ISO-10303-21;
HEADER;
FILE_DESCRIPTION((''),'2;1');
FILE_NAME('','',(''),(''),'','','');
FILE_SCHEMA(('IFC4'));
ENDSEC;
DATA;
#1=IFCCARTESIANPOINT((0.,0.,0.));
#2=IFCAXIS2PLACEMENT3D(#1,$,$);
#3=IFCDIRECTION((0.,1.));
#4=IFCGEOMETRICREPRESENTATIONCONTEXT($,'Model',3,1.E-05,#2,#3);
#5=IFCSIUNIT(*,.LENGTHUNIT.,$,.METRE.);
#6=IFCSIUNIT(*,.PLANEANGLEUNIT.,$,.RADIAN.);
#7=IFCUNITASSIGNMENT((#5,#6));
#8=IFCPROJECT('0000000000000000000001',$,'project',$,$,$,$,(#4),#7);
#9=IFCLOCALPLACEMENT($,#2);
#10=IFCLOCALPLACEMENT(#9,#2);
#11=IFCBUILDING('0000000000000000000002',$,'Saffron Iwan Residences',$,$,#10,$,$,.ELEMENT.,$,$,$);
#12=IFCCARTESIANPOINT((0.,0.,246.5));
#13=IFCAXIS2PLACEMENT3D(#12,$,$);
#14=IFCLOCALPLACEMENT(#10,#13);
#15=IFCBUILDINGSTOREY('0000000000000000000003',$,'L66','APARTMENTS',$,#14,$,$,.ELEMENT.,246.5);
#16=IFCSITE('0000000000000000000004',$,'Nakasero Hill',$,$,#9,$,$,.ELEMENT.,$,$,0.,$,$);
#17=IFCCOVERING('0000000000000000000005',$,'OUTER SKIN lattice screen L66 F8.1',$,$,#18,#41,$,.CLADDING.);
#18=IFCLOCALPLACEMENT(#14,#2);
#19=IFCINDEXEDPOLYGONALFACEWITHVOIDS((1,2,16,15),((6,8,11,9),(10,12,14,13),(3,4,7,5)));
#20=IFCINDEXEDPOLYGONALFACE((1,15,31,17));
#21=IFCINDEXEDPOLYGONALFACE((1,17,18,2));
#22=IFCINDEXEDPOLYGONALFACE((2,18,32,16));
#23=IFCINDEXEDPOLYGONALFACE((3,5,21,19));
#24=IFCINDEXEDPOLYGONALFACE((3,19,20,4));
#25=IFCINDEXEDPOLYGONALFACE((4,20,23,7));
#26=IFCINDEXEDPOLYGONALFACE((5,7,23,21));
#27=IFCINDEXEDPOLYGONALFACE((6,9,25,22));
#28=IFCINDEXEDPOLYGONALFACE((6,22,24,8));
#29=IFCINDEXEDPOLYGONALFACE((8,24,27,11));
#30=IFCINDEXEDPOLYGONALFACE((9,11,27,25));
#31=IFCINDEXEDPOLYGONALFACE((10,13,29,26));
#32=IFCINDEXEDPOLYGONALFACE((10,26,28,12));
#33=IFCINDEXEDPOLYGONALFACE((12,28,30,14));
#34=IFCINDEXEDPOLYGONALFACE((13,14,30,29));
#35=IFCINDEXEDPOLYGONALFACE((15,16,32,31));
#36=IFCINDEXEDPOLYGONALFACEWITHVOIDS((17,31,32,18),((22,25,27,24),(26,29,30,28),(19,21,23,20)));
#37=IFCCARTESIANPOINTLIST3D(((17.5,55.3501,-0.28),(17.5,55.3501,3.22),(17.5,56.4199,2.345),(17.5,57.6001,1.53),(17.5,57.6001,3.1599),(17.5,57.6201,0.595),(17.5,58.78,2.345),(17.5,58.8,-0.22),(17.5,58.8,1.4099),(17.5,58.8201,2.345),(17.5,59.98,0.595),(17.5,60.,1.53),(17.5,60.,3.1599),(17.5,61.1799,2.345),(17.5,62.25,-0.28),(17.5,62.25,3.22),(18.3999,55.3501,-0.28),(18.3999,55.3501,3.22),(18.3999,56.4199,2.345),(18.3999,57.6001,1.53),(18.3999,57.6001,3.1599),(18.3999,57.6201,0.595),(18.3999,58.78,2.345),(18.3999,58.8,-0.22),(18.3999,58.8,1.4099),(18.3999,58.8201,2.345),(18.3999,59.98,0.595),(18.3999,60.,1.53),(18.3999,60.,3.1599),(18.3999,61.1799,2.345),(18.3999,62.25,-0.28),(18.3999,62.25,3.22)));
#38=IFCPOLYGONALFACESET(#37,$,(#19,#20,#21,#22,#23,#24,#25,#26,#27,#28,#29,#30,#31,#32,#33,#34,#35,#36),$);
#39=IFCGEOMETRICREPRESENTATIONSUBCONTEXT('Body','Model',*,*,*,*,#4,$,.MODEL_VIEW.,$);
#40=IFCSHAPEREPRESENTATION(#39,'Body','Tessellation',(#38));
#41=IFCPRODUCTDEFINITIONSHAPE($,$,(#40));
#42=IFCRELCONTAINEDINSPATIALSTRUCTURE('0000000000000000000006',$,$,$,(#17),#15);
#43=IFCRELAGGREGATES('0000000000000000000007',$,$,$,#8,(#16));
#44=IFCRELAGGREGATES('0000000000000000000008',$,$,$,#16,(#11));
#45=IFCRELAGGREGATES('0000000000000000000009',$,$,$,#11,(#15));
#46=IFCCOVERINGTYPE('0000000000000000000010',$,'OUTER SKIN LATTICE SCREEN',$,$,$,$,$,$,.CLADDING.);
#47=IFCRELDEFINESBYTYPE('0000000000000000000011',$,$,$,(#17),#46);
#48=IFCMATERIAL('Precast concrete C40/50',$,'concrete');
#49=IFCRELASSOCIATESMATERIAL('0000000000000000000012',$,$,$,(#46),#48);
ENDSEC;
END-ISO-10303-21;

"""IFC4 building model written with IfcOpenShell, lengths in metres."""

from ifc_helpers import new_model, si_unit, direction, frame, origin, place, context, subcontext, project, spatial, polyline, outline, extrude, material, type_object, element, save


model = new_model("IFC4")

# Units and contexts
model_context = context("Model", 3, precision=1e-05, world=origin(), true_north=direction((0.0, 1.0)))
body_context = subcontext(model_context, "Body", "Model", "MODEL_VIEW")
ifc_project = project(units=[si_unit("LENGTHUNIT", "METRE"), si_unit("PLANEANGLEUNIT", "RADIAN")], contexts=[model_context])

# Site, building, storey
site_placement = place(None, origin())
site = spatial("IfcSite", under=ifc_project, at=site_placement, Name="Nakasero Hill", CompositionType="ELEMENT", RefElevation=0.0)
building_placement = place(site_placement, origin())
building = spatial("IfcBuilding", under=site, at=building_placement, Name="Saffron Iwan Residences", CompositionType="ELEMENT")
storey_placement = place(building_placement, frame((0.0, 0.0, 246.5)))
storey = spatial("IfcBuildingStorey", under=building, at=storey_placement, Name="L66", Description="APARTMENTS", CompositionType="ELEMENT", Elevation=246.5)

# Covering
ifc_material_1 = material(Name="Precast concrete C40/50", Category="concrete")
covering_type = type_object("IfcCoveringType", Name="OUTER SKIN LATTICE SCREEN", PredefinedType="CLADDING", material=ifc_material_1)
covering_placement = place(storey_placement, frame((18.3999, 62.25, -0.28), z_axis=(-1.0, 0.0, 0.0), x_axis=(0.0, -1.0, 0.0)))
element("IfcCovering", 1, at=covering_placement, inside=storey, type_object=covering_type, Name="OUTER SKIN lattice screen L66 F8.1", PredefinedType="CLADDING", context=body_context, shape_type="SweptSolid", body=[
    extrude(outline(polyline([(0.0, 0.0), (6.8999, 0.0), (6.8999, 3.5), (0.0, 3.5), (0.0, 0.0)]), holes=[polyline([(2.27, 0.875), (3.45, 0.0601), (4.6299, 0.875), (3.45, 1.6899), (2.27, 0.875)]), polyline([(1.0701, 2.625), (2.25, 1.8101), (3.4299, 2.625), (2.25, 3.4399), (1.0701, 2.625)]), polyline([(3.47, 2.625), (4.6499, 1.8101), (5.8301, 2.625), (4.6499, 3.4399), (3.47, 2.625)])]), origin(), (0.0, 0.0, 1.0), 0.8999),
])

save(model, "model.ifc")
